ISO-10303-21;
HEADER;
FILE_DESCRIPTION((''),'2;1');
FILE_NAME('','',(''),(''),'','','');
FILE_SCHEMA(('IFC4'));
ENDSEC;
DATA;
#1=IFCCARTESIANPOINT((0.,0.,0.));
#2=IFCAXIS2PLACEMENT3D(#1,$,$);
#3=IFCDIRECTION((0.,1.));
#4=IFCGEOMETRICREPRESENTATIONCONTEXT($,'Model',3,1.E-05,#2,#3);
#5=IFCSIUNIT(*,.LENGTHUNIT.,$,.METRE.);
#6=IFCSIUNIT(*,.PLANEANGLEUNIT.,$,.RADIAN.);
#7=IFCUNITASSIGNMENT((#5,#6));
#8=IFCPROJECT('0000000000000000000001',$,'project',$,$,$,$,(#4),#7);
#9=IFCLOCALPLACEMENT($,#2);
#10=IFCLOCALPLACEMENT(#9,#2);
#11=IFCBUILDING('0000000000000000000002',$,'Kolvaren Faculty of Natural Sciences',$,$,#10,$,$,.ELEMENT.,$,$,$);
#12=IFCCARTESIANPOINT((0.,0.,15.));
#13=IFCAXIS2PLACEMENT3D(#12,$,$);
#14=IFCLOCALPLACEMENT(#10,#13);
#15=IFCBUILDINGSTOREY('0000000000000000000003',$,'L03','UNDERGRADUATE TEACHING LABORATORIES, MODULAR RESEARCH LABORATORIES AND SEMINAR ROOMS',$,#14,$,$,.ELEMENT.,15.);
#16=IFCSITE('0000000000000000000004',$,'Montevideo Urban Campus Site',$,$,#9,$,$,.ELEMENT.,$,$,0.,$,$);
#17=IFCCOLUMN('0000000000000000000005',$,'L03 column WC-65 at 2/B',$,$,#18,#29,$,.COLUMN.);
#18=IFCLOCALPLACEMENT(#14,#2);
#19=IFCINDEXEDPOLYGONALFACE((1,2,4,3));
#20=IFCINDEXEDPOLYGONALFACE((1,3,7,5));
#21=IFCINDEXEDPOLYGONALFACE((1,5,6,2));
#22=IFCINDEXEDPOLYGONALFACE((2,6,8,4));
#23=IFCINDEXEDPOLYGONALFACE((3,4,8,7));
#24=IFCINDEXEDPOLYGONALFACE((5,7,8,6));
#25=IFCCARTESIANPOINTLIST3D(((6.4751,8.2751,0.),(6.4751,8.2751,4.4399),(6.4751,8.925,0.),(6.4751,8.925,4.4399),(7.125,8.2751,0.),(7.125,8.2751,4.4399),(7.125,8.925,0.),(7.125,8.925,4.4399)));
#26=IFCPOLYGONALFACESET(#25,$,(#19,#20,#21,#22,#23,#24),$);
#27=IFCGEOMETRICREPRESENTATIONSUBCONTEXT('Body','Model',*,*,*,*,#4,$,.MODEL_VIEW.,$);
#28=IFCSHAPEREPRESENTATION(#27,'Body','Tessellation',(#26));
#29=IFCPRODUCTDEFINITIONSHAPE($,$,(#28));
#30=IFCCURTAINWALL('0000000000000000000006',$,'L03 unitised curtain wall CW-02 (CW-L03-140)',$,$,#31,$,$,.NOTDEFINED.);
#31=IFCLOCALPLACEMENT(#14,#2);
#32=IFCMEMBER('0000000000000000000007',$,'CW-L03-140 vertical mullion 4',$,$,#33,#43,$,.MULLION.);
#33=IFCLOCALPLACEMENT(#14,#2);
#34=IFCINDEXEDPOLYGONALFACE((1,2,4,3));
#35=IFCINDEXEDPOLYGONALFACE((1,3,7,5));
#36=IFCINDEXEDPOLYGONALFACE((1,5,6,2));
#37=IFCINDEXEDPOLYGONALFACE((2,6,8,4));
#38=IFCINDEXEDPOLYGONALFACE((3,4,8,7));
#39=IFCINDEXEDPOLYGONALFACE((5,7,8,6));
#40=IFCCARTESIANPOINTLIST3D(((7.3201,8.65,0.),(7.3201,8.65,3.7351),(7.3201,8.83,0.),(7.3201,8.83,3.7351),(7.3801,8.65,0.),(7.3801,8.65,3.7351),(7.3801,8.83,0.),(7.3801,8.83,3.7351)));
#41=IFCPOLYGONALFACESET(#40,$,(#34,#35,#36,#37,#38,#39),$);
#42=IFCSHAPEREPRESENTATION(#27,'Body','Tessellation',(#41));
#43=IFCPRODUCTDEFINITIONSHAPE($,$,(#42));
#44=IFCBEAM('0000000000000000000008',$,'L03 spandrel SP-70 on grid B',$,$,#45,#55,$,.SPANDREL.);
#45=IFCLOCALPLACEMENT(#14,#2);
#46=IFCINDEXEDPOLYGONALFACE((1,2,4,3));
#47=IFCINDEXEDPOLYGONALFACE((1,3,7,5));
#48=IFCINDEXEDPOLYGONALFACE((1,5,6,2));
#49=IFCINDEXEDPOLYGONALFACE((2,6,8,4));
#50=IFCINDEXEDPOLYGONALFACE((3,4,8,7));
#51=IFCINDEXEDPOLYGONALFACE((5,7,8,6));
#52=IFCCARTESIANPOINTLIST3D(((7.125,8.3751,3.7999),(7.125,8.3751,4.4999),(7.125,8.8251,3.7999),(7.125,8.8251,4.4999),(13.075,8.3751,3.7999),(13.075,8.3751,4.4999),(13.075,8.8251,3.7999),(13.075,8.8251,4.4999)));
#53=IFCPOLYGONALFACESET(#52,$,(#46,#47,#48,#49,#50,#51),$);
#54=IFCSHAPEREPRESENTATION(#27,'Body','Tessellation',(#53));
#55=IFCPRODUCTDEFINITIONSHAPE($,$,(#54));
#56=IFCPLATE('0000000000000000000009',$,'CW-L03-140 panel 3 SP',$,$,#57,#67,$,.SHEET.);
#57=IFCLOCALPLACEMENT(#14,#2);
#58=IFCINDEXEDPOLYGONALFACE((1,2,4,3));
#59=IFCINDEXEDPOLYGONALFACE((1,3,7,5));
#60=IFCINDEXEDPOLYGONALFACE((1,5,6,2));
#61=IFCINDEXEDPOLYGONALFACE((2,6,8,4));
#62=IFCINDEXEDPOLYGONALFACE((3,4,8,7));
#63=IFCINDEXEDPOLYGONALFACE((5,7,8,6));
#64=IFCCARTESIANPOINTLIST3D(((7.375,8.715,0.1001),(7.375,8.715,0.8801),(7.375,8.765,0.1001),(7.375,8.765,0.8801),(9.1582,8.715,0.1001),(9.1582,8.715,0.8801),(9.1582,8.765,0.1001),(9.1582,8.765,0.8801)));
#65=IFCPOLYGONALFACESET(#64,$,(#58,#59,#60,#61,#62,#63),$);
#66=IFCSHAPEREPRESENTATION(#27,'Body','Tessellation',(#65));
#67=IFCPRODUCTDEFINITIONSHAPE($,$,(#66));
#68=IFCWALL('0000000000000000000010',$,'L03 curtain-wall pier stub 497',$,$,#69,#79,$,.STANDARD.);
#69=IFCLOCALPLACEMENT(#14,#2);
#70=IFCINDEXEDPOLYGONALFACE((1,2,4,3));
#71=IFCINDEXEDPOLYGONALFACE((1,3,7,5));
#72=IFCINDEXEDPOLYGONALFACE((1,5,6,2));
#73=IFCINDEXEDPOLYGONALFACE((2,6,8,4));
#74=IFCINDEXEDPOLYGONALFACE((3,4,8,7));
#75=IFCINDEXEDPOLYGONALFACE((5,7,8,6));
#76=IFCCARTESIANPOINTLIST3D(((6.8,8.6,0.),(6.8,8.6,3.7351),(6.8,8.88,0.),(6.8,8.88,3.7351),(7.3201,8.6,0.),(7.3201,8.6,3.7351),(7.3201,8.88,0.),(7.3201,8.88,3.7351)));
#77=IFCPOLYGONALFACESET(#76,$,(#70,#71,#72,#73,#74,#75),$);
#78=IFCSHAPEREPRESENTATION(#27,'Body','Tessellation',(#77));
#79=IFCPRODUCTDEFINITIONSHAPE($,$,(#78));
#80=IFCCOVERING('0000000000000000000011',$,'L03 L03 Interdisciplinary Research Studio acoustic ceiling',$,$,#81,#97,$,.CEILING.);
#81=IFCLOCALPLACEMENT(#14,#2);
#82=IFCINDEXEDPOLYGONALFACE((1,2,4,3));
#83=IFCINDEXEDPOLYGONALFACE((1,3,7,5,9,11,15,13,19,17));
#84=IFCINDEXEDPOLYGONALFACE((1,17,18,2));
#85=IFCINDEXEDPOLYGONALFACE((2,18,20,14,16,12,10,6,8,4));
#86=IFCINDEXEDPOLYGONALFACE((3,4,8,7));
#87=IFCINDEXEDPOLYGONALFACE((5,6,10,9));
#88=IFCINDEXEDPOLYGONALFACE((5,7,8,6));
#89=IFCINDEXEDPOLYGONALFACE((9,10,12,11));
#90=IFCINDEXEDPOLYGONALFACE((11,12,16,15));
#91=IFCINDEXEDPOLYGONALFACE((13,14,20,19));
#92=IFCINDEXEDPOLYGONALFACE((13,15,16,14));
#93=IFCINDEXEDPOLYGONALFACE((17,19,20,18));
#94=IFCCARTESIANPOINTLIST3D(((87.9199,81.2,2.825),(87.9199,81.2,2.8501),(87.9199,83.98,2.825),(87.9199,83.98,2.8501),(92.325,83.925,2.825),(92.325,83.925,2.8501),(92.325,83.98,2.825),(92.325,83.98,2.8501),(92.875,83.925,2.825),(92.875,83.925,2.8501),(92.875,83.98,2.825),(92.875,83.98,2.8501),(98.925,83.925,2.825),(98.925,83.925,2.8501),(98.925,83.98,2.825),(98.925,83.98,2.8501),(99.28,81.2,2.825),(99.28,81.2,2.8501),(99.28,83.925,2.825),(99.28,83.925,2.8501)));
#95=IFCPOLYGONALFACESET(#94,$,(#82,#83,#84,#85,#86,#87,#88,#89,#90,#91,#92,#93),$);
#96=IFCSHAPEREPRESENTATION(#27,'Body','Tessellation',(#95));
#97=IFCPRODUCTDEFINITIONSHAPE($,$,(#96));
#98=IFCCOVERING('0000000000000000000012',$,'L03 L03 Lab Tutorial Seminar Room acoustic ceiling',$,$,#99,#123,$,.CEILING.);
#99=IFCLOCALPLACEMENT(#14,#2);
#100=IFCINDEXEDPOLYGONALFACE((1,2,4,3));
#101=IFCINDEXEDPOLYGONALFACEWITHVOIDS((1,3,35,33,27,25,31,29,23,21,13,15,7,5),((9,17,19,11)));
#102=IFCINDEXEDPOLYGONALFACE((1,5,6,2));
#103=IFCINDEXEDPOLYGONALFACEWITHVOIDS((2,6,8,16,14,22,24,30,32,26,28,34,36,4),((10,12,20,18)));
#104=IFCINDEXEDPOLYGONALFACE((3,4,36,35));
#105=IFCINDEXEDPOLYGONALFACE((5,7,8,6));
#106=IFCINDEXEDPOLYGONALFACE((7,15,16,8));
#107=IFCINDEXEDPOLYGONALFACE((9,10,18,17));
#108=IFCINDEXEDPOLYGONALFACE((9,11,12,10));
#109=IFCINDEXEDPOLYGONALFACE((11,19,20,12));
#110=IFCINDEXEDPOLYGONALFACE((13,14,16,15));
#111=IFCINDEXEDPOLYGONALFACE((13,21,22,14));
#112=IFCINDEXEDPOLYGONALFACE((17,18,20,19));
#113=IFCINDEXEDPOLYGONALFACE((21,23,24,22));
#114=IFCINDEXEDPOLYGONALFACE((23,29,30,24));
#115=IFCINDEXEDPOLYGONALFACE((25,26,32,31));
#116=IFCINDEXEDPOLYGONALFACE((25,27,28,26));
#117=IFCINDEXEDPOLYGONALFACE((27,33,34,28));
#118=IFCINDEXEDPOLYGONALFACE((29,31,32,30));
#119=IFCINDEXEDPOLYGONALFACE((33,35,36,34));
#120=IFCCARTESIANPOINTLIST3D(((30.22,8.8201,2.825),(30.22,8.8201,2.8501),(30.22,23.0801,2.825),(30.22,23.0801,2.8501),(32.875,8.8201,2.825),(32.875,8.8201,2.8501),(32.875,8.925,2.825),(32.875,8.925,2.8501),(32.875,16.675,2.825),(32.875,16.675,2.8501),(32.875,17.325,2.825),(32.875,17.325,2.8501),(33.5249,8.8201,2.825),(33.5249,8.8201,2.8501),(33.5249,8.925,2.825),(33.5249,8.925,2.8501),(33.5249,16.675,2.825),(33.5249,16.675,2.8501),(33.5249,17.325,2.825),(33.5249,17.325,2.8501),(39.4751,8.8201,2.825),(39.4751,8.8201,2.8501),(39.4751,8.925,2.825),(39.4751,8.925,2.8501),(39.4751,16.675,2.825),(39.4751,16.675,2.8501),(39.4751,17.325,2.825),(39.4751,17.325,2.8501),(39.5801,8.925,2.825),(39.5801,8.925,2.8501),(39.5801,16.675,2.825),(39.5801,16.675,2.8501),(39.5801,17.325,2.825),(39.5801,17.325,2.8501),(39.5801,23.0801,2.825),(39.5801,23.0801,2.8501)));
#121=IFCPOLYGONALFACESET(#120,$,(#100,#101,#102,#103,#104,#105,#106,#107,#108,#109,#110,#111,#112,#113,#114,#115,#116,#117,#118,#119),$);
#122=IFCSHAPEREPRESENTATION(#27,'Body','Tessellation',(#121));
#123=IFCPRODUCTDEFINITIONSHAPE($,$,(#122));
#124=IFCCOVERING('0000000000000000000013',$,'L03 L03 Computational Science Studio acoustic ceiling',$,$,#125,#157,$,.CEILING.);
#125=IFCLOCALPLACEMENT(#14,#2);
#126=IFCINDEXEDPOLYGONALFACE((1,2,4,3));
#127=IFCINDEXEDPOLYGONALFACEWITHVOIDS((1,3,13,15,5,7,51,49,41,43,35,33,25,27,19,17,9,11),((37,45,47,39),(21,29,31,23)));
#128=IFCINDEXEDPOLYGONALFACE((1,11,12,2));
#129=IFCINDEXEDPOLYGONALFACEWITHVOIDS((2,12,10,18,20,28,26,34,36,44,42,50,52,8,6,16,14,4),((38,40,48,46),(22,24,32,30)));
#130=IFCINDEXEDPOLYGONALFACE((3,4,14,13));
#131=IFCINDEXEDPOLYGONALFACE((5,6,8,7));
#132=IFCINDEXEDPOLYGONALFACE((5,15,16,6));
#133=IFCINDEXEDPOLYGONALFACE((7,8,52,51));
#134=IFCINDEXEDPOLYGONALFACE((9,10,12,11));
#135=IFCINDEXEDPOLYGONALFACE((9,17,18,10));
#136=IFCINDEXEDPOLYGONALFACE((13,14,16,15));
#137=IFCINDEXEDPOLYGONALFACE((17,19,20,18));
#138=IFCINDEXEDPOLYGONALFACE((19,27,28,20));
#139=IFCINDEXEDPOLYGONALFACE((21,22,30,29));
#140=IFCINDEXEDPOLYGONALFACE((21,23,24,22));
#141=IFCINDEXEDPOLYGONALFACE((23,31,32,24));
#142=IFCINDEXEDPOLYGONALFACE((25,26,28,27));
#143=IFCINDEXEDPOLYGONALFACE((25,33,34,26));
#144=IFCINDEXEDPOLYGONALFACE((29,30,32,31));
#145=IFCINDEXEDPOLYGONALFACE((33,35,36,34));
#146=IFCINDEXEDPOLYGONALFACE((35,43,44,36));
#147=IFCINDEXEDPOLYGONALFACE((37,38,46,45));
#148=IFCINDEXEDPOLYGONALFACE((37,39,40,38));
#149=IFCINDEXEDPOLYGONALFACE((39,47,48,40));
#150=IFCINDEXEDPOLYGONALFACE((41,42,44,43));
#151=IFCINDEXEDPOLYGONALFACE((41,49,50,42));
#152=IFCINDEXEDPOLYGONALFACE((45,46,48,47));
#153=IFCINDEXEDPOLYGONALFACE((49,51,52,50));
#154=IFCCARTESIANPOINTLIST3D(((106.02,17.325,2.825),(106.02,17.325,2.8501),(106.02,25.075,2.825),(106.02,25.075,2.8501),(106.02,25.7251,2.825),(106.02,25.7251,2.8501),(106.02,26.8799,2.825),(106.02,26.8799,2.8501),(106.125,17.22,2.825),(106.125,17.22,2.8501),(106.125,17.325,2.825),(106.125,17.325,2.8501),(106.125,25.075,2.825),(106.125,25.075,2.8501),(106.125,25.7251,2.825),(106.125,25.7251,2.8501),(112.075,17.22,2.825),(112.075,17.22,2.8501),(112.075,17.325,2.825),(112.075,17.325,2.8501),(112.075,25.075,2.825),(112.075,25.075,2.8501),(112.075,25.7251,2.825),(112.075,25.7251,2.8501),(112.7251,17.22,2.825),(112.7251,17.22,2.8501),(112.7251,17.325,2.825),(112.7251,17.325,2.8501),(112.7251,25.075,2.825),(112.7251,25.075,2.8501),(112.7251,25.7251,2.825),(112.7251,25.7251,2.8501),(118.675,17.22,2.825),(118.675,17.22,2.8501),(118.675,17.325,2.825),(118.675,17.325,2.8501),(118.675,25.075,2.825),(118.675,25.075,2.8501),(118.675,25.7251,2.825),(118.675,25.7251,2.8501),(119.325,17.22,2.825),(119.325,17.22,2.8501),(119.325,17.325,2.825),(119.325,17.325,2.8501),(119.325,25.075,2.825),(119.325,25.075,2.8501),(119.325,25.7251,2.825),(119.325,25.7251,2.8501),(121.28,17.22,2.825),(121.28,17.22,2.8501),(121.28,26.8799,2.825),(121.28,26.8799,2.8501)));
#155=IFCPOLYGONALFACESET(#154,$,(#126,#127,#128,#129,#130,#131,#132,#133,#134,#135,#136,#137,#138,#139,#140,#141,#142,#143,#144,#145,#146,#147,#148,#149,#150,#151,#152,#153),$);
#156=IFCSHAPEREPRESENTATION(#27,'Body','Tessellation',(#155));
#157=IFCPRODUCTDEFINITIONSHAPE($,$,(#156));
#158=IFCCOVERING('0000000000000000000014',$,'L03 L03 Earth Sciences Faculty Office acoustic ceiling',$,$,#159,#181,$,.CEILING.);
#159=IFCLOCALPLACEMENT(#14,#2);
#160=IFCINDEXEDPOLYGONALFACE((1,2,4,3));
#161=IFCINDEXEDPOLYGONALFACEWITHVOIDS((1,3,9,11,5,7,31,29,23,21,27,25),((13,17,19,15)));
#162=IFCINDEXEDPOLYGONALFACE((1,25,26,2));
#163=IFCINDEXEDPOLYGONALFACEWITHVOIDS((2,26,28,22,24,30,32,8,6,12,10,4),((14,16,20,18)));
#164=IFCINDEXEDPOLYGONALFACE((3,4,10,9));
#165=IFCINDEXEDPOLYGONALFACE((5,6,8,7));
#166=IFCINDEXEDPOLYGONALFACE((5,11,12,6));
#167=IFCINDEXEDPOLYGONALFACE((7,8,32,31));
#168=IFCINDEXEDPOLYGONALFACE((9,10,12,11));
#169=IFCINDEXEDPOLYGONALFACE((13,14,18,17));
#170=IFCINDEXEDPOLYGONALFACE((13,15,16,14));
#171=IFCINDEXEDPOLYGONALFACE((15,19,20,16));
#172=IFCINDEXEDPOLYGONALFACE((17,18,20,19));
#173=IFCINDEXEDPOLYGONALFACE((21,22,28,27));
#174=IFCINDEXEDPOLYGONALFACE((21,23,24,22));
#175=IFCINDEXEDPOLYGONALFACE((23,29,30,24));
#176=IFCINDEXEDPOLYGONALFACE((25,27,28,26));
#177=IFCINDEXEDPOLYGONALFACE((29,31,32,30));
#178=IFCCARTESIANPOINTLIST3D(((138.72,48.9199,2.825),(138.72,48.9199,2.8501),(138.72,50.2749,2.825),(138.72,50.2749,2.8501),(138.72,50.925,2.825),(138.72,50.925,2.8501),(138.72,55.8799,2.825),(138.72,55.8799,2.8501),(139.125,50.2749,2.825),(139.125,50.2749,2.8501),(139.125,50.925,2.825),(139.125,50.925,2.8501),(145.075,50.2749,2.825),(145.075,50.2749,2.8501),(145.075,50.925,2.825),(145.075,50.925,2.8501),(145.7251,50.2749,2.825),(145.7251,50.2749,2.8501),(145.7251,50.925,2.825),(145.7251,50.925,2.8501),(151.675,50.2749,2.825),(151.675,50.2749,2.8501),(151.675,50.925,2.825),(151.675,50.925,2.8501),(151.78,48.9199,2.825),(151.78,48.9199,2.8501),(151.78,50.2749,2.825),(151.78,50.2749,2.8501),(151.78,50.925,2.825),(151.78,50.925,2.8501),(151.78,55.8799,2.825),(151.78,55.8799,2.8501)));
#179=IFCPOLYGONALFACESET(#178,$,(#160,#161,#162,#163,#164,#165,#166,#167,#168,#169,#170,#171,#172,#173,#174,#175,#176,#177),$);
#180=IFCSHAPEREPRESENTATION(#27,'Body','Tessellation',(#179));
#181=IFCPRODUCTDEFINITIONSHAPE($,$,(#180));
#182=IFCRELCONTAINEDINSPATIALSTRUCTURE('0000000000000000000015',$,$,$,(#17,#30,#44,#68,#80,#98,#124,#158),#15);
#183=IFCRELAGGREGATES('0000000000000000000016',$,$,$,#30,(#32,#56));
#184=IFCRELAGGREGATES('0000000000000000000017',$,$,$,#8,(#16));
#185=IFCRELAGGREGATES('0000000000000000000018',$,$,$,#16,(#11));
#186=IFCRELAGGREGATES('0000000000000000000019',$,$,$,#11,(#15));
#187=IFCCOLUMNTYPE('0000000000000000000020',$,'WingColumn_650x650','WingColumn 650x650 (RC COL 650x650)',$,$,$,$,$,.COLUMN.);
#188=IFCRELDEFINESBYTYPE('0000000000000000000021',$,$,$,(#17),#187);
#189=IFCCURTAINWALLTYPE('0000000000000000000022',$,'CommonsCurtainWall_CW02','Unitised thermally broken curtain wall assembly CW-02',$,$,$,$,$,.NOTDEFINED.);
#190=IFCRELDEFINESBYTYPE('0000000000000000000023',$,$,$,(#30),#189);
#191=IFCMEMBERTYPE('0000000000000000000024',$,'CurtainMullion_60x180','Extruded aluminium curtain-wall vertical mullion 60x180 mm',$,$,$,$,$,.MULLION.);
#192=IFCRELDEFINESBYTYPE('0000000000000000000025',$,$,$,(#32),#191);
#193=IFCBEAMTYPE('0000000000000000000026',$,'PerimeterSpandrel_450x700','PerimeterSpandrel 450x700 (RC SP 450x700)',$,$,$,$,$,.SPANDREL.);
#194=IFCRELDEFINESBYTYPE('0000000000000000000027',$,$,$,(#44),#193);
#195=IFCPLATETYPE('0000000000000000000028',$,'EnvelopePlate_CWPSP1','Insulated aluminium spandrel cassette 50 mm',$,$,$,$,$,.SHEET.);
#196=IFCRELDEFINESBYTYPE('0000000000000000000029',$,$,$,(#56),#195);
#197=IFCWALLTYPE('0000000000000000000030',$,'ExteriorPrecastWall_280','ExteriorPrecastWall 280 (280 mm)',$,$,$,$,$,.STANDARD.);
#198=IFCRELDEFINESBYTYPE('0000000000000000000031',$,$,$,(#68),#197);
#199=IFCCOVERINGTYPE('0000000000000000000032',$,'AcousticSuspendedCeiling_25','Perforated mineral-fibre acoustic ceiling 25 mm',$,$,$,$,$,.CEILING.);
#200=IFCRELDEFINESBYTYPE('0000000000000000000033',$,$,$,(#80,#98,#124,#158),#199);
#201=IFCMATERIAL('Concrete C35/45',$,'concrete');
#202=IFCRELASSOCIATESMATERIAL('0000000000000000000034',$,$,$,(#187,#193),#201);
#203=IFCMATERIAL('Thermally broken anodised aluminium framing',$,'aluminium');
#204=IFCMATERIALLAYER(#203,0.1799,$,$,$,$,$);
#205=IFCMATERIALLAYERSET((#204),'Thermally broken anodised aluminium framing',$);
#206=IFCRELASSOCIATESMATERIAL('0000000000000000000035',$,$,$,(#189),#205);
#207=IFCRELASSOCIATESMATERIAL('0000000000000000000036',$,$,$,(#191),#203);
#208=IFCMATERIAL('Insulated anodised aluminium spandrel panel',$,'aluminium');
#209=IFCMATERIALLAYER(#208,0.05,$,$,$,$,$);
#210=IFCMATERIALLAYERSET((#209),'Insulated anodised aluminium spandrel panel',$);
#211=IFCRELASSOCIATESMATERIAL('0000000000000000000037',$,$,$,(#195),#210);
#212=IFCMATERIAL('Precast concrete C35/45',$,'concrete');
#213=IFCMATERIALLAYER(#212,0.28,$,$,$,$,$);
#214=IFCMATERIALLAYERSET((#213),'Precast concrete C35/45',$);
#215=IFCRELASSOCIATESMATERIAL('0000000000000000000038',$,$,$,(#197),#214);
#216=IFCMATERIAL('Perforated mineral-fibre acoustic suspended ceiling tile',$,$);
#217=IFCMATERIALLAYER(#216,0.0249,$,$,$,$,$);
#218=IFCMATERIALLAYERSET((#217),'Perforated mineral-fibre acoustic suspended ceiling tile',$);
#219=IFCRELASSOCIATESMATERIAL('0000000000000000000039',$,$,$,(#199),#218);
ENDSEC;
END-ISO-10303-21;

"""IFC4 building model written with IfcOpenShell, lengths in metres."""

from ifc_helpers import new_model, si_unit, direction, frame, frame_2d, origin, origin_2d, place, context, subcontext, project, spatial, polyline, rectangle, outline, extrude, material, layer, layer_set, material_profile, profile_set, type_object, element, aggregate, save


model = new_model("IFC4")

# Units and contexts
model_context = context("Model", 3, precision=1e-05, world=origin(), true_north=direction((0.0, 1.0)))
body_context = subcontext(model_context, "Body", "Model", "MODEL_VIEW")
ifc_project = project(units=[si_unit("LENGTHUNIT", "METRE"), si_unit("PLANEANGLEUNIT", "RADIAN")], contexts=[model_context])

# Site, building, storey
site_placement = place(None, origin())
site = spatial("IfcSite", under=ifc_project, at=site_placement, Name="Montevideo Urban Campus Site", CompositionType="ELEMENT", RefElevation=0.0)
building_placement = place(site_placement, origin())
building = spatial("IfcBuilding", under=site, at=building_placement, Name="Kolvaren Faculty of Natural Sciences", CompositionType="ELEMENT")
storey_placement = place(building_placement, frame((0.0, 0.0, 15.0)))
storey = spatial("IfcBuildingStorey", under=building, at=storey_placement, Name="L03", Description="UNDERGRADUATE TEACHING LABORATORIES, MODULAR RESEARCH LABORATORIES AND SEMINAR ROOMS", CompositionType="ELEMENT", Elevation=15.0)

# Column
ifc_material_1 = material(Name="Concrete C35/45", Category="concrete")
ifc_material_profile_1 = material_profile(ifc_material_1, rectangle(XDim=0.6499, YDim=0.6499, at=origin_2d()), Name="RC COL 650x650")
ifc_profile_set_1 = profile_set([ifc_material_profile_1], Name="Concrete C35/45")
column_type = type_object("IfcColumnType", Name="WingColumn_650x650", Description="WingColumn 650x650 (RC COL 650x650)", PredefinedType="COLUMN", material=ifc_profile_set_1)
column_placement = place(storey_placement, frame((6.8, 8.6001, 0.0), z_axis=(0.0, 0.0, 1.0), x_axis=(1.0, 0.0, 0.0)))
element("IfcColumn", 1, at=column_placement, inside=storey, type_object=column_type, Name="L03 column WC-65 at 2/B", PredefinedType="COLUMN", context=body_context, shape_type="SweptSolid", body=[
    extrude(rectangle(XDim=0.6499, YDim=0.6499, at=origin_2d()), origin(), (0.0, 0.0, 1.0), 4.4399),
])

# Curtain wall, member
ifc_material_2 = material(Name="Thermally broken anodised aluminium framing", Category="aluminium")
ifc_layer_1 = layer(ifc_material_2, 0.1799)
ifc_layer_set_1 = layer_set([ifc_layer_1], Name="Thermally broken anodised aluminium framing")
curtain_wall_type = type_object("IfcCurtainWallType", Name="CommonsCurtainWall_CW02", Description="Unitised thermally broken curtain wall assembly CW-02", PredefinedType="NOTDEFINED", material=ifc_layer_set_1)
curtain_wall_placement = place(storey_placement, origin())
curtain_wall = element("IfcCurtainWall", 2, at=curtain_wall_placement, inside=storey, type_object=curtain_wall_type, Name="L03 unitised curtain wall CW-02 (CW-L03-140)", PredefinedType="NOTDEFINED")
ifc_material_profile_2 = material_profile(ifc_material_2, rectangle(XDim=0.0601, YDim=0.1799, at=origin_2d()), Name="ALU MUL 60x180")
ifc_profile_set_2 = profile_set([ifc_material_profile_2], Name="Thermally broken anodised aluminium framing")
member_type = type_object("IfcMemberType", Name="CurtainMullion_60x180", Description="Extruded aluminium curtain-wall vertical mullion 60x180 mm", PredefinedType="MULLION", material=ifc_profile_set_2)
member_placement = place(storey_placement, frame((7.3501, 8.74, 0.0), z_axis=(0.0, 0.0, 1.0), x_axis=(-1.0, 0.0, 0.0)))
member = element("IfcMember", 3, at=member_placement, type_object=member_type, Name="CW-L03-140 vertical mullion 4", PredefinedType="MULLION", context=body_context, shape_type="SweptSolid", body=[
    extrude(rectangle(XDim=0.0601, YDim=0.1799, at=origin_2d()), origin(), (0.0, 0.0, 1.0), 3.7351),
])

# Beam
ifc_material_profile_3 = material_profile(ifc_material_1, rectangle(XDim=0.45, YDim=0.7, at=origin_2d()), Name="RC SP 450x700")
ifc_profile_set_3 = profile_set([ifc_material_profile_3], Name="Concrete C35/45")
beam_type = type_object("IfcBeamType", Name="PerimeterSpandrel_450x700", Description="PerimeterSpandrel 450x700 (RC SP 450x700)", PredefinedType="SPANDREL", material=ifc_profile_set_3)
beam_placement = place(storey_placement, frame((7.125, 8.6001, 4.1499), z_axis=(1.0, 0.0, 0.0), x_axis=(0.0, 1.0, 0.0)))
element("IfcBeam", 4, at=beam_placement, inside=storey, type_object=beam_type, Name="L03 spandrel SP-70 on grid B", PredefinedType="SPANDREL", context=body_context, shape_type="SweptSolid", body=[
    extrude(rectangle(XDim=0.45, YDim=0.7, at=origin_2d()), origin(), (0.0, 0.0, 1.0), 5.95),
])

# Plate
ifc_material_3 = material(Name="Insulated anodised aluminium spandrel panel", Category="aluminium")
ifc_layer_2 = layer(ifc_material_3, 0.05)
ifc_layer_set_2 = layer_set([ifc_layer_2], Name="Insulated anodised aluminium spandrel panel")
plate_type = type_object("IfcPlateType", Name="EnvelopePlate_CWPSP1", Description="Insulated aluminium spandrel cassette 50 mm", PredefinedType="SHEET", material=ifc_layer_set_2)
plate_placement = place(storey_placement, frame((8.2666, 8.74, 0.1001), z_axis=(0.0, 0.0, 1.0), x_axis=(-1.0, 0.0, 0.0)))
plate = element("IfcPlate", 5, at=plate_placement, type_object=plate_type, Name="CW-L03-140 panel 3 SP", PredefinedType="SHEET", context=body_context, shape_type="SweptSolid", body=[
    extrude(rectangle(XDim=1.7832, YDim=0.05, at=origin_2d()), origin(), (0.0, 0.0, 1.0), 0.78),
])
aggregate(curtain_wall, [member, plate])

# Wall
ifc_material_4 = material(Name="Precast concrete C35/45", Category="concrete")
ifc_layer_3 = layer(ifc_material_4, 0.28)
ifc_layer_set_3 = layer_set([ifc_layer_3], Name="Precast concrete C35/45")
wall_type = type_object("IfcWallType", Name="ExteriorPrecastWall_280", Description="ExteriorPrecastWall 280 (280 mm)", PredefinedType="STANDARD", material=ifc_layer_set_3)
wall_placement = place(storey_placement, frame((7.3201, 8.74, 0.0), z_axis=(0.0, 0.0, 1.0), x_axis=(-1.0, 0.0, 0.0)))
element("IfcWall", 6, at=wall_placement, inside=storey, type_object=wall_type, Name="L03 curtain-wall pier stub 497", PredefinedType="STANDARD", context=body_context, shape_type="SweptSolid", body=[
    extrude(rectangle(XDim=0.52, YDim=0.28, at=frame_2d((0.26, 0.0))), origin(), (0.0, 0.0, 1.0), 3.7351),
])

# Coverings
ifc_material_5 = material(Name="Perforated mineral-fibre acoustic suspended ceiling tile")
ifc_layer_4 = layer(ifc_material_5, 0.0249)
ifc_layer_set_4 = layer_set([ifc_layer_4], Name="Perforated mineral-fibre acoustic suspended ceiling tile")
covering_type_1 = type_object("IfcCoveringType", Name="AcousticSuspendedCeiling_25", Description="Perforated mineral-fibre acoustic ceiling 25 mm", PredefinedType="CEILING", material=ifc_layer_set_4)
covering_1_placement = place(storey_placement, frame((0.0, 0.0, 2.825)))
element("IfcCovering", 7, at=covering_1_placement, inside=storey, type_object=covering_type_1, Name="L03 L03 Interdisciplinary Research Studio acoustic ceiling", PredefinedType="CEILING", context=body_context, shape_type="SweptSolid", body=[
    extrude(outline(polyline([(87.9199, 81.2), (87.9199, 83.98), (92.325, 83.98), (92.325, 83.925), (92.875, 83.925), (92.875, 83.98), (98.925, 83.98), (98.925, 83.925), (99.28, 83.925), (99.28, 81.2), (87.9199, 81.2)])), origin(), (0.0, 0.0, 1.0), 0.0251),
])
covering_2_placement = place(storey_placement, frame((0.0, 0.0, 2.825)))
element("IfcCovering", 8, at=covering_2_placement, inside=storey, type_object=covering_type_1, Name="L03 L03 Lab Tutorial Seminar Room acoustic ceiling", PredefinedType="CEILING", context=body_context, shape_type="SweptSolid", body=[
    extrude(outline(polyline([(39.5801, 23.0801), (39.5801, 17.325), (39.4751, 17.325), (39.4751, 16.675), (39.5801, 16.675), (39.5801, 8.925), (39.4751, 8.925), (39.4751, 8.8201), (33.5249, 8.8201), (33.5249, 8.925), (32.875, 8.925), (32.875, 8.8201), (30.22, 8.8201), (30.22, 23.0801), (39.5801, 23.0801)]), holes=[polyline([(32.875, 16.675), (33.5249, 16.675), (33.5249, 17.325), (32.875, 17.325), (32.875, 16.675)])]), origin(), (0.0, 0.0, 1.0), 0.0251),
])
covering_3_placement = place(storey_placement, frame((0.0, 0.0, 2.825)))
element("IfcCovering", 9, at=covering_3_placement, inside=storey, type_object=covering_type_1, Name="L03 L03 Computational Science Studio acoustic ceiling", PredefinedType="CEILING", context=body_context, shape_type="SweptSolid", body=[
    extrude(outline(polyline([(121.28, 17.22), (119.325, 17.22), (119.325, 17.325), (118.675, 17.325), (118.675, 17.22), (112.7251, 17.22), (112.7251, 17.325), (112.075, 17.325), (112.075, 17.22), (106.125, 17.22), (106.125, 17.325), (106.02, 17.325), (106.02, 25.075), (106.125, 25.075), (106.125, 25.7251), (106.02, 25.7251), (106.02, 26.8799), (121.28, 26.8799), (121.28, 17.22)]), holes=[polyline([(118.675, 25.075), (119.325, 25.075), (119.325, 25.7251), (118.675, 25.7251), (118.675, 25.075)]), polyline([(112.075, 25.7251), (112.075, 25.075), (112.7251, 25.075), (112.7251, 25.7251), (112.075, 25.7251)])]), origin(), (0.0, 0.0, 1.0), 0.0251),
])
covering_4_placement = place(storey_placement, frame((0.0, 0.0, 2.825)))
element("IfcCovering", 10, at=covering_4_placement, inside=storey, type_object=covering_type_1, Name="L03 L03 Earth Sciences Faculty Office acoustic ceiling", PredefinedType="CEILING", context=body_context, shape_type="SweptSolid", body=[
    extrude(outline(polyline([(151.78, 50.925), (151.675, 50.925), (151.675, 50.2749), (151.78, 50.2749), (151.78, 48.9199), (138.72, 48.9199), (138.72, 50.2749), (139.125, 50.2749), (139.125, 50.925), (138.72, 50.925), (138.72, 55.8799), (151.78, 55.8799), (151.78, 50.925)]), holes=[polyline([(145.075, 50.925), (145.075, 50.2749), (145.7251, 50.2749), (145.7251, 50.925), (145.075, 50.925)])]), origin(), (0.0, 0.0, 1.0), 0.0251),
])

save(model, "model.ifc")
